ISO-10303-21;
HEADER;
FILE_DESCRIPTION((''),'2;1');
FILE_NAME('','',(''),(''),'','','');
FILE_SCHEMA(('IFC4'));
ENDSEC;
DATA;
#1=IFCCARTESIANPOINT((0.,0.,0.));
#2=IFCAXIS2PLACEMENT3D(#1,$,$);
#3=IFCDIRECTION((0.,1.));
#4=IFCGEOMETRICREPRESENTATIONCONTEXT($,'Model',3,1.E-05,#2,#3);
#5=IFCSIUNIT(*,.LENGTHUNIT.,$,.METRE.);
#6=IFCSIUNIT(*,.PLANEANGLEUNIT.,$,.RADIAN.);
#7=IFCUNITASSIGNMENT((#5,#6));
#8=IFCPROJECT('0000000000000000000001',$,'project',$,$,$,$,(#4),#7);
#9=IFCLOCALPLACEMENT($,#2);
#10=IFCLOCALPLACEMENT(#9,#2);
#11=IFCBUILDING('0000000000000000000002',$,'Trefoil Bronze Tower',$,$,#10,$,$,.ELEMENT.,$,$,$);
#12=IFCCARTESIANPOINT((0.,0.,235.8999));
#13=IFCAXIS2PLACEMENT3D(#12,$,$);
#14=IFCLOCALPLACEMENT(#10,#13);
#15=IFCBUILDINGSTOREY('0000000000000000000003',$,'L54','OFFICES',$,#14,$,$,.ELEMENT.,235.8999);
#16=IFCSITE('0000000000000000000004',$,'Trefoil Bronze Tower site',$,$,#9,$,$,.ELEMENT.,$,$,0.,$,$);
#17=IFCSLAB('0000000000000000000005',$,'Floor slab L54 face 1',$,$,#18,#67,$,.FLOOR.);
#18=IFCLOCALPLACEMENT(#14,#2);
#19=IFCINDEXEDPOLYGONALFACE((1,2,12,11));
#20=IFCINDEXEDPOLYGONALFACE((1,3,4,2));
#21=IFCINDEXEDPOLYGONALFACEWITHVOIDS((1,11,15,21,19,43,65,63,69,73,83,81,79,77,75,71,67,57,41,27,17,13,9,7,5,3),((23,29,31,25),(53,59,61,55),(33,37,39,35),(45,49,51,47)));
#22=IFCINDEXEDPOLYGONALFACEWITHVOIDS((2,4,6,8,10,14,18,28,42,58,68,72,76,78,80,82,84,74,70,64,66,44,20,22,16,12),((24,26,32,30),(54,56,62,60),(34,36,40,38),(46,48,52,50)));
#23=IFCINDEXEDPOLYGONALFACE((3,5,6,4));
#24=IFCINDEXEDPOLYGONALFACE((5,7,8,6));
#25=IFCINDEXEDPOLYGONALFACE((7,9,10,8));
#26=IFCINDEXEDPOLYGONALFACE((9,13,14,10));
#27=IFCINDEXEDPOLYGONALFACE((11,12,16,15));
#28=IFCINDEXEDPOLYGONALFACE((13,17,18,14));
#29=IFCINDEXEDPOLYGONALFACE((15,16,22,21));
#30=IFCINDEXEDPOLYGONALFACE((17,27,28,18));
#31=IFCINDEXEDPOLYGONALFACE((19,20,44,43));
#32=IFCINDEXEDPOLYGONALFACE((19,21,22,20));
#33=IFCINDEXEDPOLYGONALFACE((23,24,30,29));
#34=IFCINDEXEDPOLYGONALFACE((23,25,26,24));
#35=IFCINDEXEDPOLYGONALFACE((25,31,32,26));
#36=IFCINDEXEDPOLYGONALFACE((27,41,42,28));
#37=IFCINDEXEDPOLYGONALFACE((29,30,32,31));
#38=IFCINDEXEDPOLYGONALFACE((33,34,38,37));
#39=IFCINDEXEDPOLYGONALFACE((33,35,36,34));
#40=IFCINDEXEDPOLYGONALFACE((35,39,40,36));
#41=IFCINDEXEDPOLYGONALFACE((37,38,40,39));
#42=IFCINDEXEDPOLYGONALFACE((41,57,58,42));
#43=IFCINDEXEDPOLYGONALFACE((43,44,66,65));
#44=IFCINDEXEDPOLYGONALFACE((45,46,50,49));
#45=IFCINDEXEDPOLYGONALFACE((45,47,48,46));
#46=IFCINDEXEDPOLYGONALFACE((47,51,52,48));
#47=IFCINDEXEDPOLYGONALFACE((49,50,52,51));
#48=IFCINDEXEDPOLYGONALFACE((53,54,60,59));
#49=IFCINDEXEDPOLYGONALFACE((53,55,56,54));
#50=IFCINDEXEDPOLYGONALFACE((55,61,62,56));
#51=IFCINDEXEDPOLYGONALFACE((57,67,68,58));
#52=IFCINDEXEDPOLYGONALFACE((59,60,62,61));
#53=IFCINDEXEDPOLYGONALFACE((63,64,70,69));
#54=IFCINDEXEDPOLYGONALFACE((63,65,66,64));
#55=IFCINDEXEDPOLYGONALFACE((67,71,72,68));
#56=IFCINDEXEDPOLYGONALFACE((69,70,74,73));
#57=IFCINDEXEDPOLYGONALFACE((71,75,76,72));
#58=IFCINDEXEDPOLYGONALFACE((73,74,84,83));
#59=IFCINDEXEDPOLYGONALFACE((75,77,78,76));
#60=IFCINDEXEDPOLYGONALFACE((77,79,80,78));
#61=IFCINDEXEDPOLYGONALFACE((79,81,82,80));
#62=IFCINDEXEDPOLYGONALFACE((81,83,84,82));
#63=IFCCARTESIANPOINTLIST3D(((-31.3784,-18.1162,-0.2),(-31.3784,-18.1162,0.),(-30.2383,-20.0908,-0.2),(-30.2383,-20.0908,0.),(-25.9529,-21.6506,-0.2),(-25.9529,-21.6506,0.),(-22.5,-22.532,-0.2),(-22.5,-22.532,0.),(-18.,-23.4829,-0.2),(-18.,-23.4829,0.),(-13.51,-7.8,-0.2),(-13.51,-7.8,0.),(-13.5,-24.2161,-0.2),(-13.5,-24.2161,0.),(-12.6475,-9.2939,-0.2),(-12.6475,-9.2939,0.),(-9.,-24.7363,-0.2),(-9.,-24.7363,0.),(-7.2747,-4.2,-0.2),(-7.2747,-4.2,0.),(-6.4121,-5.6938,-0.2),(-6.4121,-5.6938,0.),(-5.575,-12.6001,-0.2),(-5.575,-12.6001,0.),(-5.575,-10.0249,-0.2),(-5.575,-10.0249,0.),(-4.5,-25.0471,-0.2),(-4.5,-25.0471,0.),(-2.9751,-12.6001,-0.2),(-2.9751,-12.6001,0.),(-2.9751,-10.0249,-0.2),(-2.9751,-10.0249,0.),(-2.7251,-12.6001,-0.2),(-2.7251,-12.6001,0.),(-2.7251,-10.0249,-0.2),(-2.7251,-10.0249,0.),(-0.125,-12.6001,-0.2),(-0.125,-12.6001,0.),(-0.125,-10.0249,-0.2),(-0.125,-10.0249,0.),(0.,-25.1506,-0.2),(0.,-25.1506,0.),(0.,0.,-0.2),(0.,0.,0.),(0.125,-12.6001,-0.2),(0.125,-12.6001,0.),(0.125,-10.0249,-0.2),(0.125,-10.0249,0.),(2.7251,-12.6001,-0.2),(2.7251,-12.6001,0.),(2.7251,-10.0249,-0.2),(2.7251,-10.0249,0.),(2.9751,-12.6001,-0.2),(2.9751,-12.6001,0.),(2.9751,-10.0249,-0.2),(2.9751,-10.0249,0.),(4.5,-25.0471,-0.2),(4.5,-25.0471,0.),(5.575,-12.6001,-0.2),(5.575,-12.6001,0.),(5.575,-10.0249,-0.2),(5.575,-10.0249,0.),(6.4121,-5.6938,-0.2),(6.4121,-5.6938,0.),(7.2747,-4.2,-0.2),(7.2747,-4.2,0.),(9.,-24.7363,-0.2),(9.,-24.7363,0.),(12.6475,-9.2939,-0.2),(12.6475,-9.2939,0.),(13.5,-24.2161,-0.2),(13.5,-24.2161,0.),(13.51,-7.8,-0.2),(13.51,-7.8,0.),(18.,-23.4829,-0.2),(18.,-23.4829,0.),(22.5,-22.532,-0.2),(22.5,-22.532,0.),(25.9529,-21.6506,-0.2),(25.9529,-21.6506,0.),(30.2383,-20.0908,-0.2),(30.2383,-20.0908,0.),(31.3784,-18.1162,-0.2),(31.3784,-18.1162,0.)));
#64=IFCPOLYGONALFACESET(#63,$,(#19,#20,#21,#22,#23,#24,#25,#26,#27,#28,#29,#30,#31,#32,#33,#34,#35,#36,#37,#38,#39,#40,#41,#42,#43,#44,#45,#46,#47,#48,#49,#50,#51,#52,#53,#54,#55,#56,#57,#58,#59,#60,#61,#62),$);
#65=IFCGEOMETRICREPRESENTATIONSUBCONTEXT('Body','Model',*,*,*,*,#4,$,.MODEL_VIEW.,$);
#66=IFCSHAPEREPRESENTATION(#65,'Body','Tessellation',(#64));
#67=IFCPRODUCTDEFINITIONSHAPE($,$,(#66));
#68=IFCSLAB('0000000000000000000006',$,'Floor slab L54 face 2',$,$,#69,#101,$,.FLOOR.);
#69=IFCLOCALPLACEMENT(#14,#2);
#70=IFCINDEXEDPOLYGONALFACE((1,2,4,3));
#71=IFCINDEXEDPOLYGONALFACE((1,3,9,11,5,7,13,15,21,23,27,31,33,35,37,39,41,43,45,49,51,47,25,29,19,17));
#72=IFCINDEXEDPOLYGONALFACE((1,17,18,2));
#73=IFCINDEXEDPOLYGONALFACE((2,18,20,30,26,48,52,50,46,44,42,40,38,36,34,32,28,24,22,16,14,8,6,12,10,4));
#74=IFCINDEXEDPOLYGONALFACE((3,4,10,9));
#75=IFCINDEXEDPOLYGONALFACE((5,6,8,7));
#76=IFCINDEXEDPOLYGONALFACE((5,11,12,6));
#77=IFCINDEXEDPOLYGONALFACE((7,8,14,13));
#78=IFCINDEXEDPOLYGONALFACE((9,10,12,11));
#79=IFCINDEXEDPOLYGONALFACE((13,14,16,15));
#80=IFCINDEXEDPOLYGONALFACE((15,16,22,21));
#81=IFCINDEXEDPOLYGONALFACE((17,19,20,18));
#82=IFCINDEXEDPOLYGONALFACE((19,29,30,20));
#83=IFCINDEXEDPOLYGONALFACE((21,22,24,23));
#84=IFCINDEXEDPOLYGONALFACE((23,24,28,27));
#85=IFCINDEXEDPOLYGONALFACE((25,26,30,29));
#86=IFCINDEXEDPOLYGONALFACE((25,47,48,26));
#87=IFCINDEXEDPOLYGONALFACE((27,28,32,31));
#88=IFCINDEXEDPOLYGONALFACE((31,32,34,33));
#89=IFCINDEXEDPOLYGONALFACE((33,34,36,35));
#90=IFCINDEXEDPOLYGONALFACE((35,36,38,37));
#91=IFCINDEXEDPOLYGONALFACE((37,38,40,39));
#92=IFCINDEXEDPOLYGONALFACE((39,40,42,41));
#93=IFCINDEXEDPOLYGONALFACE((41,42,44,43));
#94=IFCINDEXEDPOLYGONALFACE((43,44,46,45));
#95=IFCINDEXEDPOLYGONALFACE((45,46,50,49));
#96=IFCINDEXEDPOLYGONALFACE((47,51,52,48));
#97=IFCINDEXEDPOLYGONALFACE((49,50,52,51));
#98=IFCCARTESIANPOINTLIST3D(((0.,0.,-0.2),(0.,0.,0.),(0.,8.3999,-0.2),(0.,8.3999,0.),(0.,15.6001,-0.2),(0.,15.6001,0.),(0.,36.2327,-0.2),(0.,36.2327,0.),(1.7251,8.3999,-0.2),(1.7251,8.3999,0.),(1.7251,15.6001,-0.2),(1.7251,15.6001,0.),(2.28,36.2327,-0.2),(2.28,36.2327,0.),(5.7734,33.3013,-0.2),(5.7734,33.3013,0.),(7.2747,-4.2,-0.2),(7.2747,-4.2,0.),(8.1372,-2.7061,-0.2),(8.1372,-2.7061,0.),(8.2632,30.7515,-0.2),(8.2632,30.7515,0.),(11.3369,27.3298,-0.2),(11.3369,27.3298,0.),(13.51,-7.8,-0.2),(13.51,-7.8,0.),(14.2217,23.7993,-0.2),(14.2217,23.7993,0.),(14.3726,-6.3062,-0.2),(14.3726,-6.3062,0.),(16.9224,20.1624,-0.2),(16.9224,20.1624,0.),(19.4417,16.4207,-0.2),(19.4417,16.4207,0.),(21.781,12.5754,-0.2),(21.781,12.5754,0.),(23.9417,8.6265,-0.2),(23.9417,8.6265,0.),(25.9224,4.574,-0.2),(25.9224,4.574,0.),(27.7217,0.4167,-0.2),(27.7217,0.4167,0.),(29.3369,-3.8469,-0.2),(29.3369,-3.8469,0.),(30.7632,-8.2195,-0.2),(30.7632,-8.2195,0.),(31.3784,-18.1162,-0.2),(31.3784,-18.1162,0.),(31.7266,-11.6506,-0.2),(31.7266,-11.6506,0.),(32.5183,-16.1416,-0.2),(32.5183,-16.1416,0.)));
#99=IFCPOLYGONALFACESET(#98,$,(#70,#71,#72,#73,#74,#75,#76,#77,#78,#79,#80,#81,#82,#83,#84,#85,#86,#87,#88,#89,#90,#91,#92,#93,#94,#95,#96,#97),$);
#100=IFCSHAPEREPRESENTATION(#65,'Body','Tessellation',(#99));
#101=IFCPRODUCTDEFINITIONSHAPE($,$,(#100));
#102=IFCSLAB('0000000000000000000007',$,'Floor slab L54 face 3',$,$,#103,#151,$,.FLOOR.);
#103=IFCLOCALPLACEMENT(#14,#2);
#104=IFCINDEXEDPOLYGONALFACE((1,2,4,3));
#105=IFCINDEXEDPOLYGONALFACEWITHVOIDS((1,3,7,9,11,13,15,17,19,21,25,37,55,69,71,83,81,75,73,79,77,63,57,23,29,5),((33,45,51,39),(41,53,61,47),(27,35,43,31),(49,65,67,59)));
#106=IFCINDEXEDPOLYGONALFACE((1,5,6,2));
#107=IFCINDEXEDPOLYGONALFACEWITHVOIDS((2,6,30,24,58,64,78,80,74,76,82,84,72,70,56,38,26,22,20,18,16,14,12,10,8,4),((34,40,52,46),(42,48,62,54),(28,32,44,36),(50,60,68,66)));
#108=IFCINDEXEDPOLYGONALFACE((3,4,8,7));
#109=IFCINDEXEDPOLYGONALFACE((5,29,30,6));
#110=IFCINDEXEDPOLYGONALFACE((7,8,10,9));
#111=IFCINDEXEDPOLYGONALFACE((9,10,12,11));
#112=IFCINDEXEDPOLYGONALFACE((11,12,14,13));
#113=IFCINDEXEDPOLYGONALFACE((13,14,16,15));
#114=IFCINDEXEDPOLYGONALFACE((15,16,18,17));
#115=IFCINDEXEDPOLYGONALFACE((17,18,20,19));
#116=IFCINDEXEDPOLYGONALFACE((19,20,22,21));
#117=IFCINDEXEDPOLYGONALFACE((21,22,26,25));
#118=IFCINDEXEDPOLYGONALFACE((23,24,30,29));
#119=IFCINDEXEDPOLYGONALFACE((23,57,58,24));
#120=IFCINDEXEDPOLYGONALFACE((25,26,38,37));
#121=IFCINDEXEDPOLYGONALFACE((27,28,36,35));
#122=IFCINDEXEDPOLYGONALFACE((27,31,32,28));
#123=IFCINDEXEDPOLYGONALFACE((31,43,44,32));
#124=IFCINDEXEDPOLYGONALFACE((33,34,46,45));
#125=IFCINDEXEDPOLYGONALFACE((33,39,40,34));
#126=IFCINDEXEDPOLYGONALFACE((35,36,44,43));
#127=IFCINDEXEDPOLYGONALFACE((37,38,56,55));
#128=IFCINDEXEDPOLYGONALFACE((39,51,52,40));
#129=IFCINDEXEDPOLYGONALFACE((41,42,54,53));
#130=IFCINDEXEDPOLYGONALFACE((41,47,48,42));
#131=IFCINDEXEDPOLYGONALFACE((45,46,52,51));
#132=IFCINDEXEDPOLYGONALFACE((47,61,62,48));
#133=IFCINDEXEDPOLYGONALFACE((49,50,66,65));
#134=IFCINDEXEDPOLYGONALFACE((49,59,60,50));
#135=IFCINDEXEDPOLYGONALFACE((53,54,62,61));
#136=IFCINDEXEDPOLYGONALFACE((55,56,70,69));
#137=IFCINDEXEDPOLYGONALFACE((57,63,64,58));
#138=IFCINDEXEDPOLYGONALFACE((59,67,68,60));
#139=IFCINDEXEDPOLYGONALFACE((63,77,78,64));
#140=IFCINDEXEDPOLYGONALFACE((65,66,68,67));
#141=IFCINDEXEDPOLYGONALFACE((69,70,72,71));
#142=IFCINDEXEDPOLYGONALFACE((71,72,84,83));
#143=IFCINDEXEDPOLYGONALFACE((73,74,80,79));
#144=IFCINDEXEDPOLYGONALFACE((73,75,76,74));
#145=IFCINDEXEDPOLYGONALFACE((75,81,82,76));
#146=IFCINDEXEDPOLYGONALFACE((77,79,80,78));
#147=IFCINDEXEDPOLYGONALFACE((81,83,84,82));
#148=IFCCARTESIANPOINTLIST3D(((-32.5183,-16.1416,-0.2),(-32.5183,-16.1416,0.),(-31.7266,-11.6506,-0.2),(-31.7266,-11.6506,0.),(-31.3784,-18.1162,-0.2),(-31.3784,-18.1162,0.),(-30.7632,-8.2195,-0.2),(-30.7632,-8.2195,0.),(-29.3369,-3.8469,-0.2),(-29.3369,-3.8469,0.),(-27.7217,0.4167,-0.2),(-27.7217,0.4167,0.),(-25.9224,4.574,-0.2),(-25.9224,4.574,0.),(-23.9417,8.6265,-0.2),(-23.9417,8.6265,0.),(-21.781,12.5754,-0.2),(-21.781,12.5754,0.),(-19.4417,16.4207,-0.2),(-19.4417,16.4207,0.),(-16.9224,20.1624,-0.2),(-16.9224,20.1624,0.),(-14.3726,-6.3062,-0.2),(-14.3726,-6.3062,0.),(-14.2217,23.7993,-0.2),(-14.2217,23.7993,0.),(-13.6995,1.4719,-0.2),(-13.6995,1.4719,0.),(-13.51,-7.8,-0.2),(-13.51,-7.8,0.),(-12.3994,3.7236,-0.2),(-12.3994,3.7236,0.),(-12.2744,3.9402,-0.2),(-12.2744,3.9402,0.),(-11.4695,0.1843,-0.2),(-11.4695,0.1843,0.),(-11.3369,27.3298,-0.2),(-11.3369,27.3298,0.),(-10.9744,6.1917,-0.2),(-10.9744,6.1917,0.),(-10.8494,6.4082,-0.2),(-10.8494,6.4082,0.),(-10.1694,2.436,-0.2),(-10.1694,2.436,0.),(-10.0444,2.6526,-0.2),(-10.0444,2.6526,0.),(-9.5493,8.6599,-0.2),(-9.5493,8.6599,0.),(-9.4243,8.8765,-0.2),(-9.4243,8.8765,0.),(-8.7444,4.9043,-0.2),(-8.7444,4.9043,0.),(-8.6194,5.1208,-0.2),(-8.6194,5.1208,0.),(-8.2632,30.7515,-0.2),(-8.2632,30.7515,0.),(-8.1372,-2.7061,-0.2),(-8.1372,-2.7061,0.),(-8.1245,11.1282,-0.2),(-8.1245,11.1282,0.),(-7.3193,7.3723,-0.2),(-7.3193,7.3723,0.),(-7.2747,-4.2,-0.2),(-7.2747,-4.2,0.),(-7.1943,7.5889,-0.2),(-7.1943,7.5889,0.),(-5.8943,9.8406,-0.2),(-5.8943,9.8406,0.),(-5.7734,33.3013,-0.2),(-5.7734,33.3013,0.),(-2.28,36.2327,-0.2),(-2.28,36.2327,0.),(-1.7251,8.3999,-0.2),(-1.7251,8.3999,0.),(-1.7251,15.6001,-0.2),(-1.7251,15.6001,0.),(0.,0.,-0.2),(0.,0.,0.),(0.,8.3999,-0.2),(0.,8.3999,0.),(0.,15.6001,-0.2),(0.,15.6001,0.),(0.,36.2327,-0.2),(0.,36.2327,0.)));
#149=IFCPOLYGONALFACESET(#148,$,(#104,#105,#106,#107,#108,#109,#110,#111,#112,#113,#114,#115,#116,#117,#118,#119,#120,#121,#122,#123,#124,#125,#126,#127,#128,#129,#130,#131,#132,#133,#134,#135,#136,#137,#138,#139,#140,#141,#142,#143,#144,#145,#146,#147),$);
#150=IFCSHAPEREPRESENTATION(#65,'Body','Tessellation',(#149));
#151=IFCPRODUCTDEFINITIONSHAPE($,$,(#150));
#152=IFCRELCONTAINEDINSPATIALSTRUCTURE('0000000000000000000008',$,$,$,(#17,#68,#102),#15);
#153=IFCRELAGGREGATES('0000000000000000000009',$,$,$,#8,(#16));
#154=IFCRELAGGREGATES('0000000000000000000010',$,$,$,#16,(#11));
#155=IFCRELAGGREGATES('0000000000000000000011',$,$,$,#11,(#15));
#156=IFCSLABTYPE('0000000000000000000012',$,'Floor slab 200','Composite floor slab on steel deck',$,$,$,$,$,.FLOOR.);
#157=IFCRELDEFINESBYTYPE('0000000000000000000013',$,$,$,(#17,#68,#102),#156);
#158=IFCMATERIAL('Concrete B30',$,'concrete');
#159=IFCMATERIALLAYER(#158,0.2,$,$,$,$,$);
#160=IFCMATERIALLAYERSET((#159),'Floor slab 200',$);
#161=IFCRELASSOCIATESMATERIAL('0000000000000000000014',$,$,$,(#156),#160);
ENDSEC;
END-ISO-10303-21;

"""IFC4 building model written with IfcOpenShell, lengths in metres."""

from ifc_helpers import new_model, si_unit, direction, frame, origin, place, context, subcontext, project, spatial, polyline, outline, extrude, material, layer, layer_set, type_object, element, save


model = new_model("IFC4")

# Units and contexts
model_context = context("Model", 3, precision=1e-05, world=origin(), true_north=direction((0.0, 1.0)))
body_context = subcontext(model_context, "Body", "Model", "MODEL_VIEW")
ifc_project = project(units=[si_unit("LENGTHUNIT", "METRE"), si_unit("PLANEANGLEUNIT", "RADIAN")], contexts=[model_context])

# Site, building, storey
site_placement = place(None, origin())
site = spatial("IfcSite", under=ifc_project, at=site_placement, Name="Trefoil Bronze Tower site", CompositionType="ELEMENT", RefElevation=0.0)
building_placement = place(site_placement, origin())
building = spatial("IfcBuilding", under=site, at=building_placement, Name="Trefoil Bronze Tower", CompositionType="ELEMENT")
storey_placement = place(building_placement, frame((0.0, 0.0, 235.8999)))
storey = spatial("IfcBuildingStorey", under=building, at=storey_placement, Name="L54", Description="OFFICES", CompositionType="ELEMENT", Elevation=235.8999)

# Slabs
ifc_material_1 = material(Name="Concrete B30", Category="concrete")
ifc_layer_1 = layer(ifc_material_1, 0.2)
ifc_layer_set_1 = layer_set([ifc_layer_1], Name="Floor slab 200")
slab_type = type_object("IfcSlabType", Name="Floor slab 200", Description="Composite floor slab on steel deck", PredefinedType="FLOOR", material=ifc_layer_set_1)
slab_1_placement = place(storey_placement, frame((0.0, 0.0, -0.2)))
element("IfcSlab", 1, at=slab_1_placement, inside=storey, type_object=slab_type, Name="Floor slab L54 face 1", PredefinedType="FLOOR", context=body_context, shape_type="SweptSolid", body=[
    extrude(outline(polyline([(18.0, -23.4829), (13.5, -24.2161), (9.0, -24.7363), (4.5, -25.0471), (0.0, -25.1506), (-4.5, -25.0471), (-9.0, -24.7363), (-13.5, -24.2161), (-18.0, -23.4829), (-22.5, -22.532), (-25.9529, -21.6506), (-30.2383, -20.0908), (-31.3784, -18.1162), (-13.51, -7.8), (-12.6475, -9.2939), (-6.4121, -5.6938), (-7.2747, -4.2), (0.0, 0.0), (7.2747, -4.2), (6.4121, -5.6938), (12.6475, -9.2939), (13.51, -7.8), (31.3784, -18.1162), (30.2383, -20.0908), (25.9529, -21.6506), (22.5, -22.532), (18.0, -23.4829)]), holes=[polyline([(-5.575, -10.0249), (-2.9751, -10.0249), (-2.9751, -12.6001), (-5.575, -12.6001), (-5.575, -10.0249)]), polyline([(-2.7251, -10.0249), (-0.125, -10.0249), (-0.125, -12.6001), (-2.7251, -12.6001), (-2.7251, -10.0249)]), polyline([(0.125, -10.0249), (2.7251, -10.0249), (2.7251, -12.6001), (0.125, -12.6001), (0.125, -10.0249)]), polyline([(2.9751, -10.0249), (5.575, -10.0249), (5.575, -12.6001), (2.9751, -12.6001), (2.9751, -10.0249)])]), origin(), (0.0, 0.0, 1.0), 0.2),
])
slab_2_placement = place(storey_placement, frame((0.0, 0.0, -0.2)))
element("IfcSlab", 2, at=slab_2_placement, inside=storey, type_object=slab_type, Name="Floor slab L54 face 2", PredefinedType="FLOOR", context=body_context, shape_type="SweptSolid", body=[
    extrude(outline(polyline([(11.3369, 27.3298), (14.2217, 23.7993), (16.9224, 20.1624), (19.4417, 16.4207), (21.781, 12.5754), (23.9417, 8.6265), (25.9224, 4.574), (27.7217, 0.4167), (29.3369, -3.8469), (30.7632, -8.2195), (31.7266, -11.6506), (32.5183, -16.1416), (31.3784, -18.1162), (13.51, -7.8), (14.3726, -6.3062), (8.1372, -2.7061), (7.2747, -4.2), (0.0, 0.0), (0.0, 8.3999), (1.7251, 8.3999), (1.7251, 15.6001), (0.0, 15.6001), (0.0, 36.2327), (2.28, 36.2327), (5.7734, 33.3013), (8.2632, 30.7515), (11.3369, 27.3298)])), origin(), (0.0, 0.0, 1.0), 0.2),
])
slab_3_placement = place(storey_placement, frame((0.0, 0.0, -0.2)))
element("IfcSlab", 3, at=slab_3_placement, inside=storey, type_object=slab_type, Name="Floor slab L54 face 3", PredefinedType="FLOOR", context=body_context, shape_type="SweptSolid", body=[
    extrude(outline(polyline([(-29.3369, -3.8469), (-27.7217, 0.4167), (-25.9224, 4.574), (-23.9417, 8.6265), (-21.781, 12.5754), (-19.4417, 16.4207), (-16.9224, 20.1624), (-14.2217, 23.7993), (-11.3369, 27.3298), (-8.2632, 30.7515), (-5.7734, 33.3013), (-2.28, 36.2327), (0.0, 36.2327), (0.0, 15.6001), (-1.7251, 15.6001), (-1.7251, 8.3999), (0.0, 8.3999), (0.0, 0.0), (-7.2747, -4.2), (-8.1372, -2.7061), (-14.3726, -6.3062), (-13.51, -7.8), (-31.3784, -18.1162), (-32.5183, -16.1416), (-31.7266, -11.6506), (-30.7632, -8.2195), (-29.3369, -3.8469)]), holes=[polyline([(-5.8943, 9.8406), (-7.1943, 7.5889), (-9.4243, 8.8765), (-8.1245, 11.1282), (-5.8943, 9.8406)]), polyline([(-7.3193, 7.3723), (-8.6194, 5.1208), (-10.8494, 6.4082), (-9.5493, 8.6599), (-7.3193, 7.3723)]), polyline([(-8.7444, 4.9043), (-10.0444, 2.6526), (-12.2744, 3.9402), (-10.9744, 6.1917), (-8.7444, 4.9043)]), polyline([(-10.1694, 2.436), (-11.4695, 0.1843), (-13.6995, 1.4719), (-12.3994, 3.7236), (-10.1694, 2.436)])]), origin(), (0.0, 0.0, 1.0), 0.2),
])

save(model, "model.ifc")
